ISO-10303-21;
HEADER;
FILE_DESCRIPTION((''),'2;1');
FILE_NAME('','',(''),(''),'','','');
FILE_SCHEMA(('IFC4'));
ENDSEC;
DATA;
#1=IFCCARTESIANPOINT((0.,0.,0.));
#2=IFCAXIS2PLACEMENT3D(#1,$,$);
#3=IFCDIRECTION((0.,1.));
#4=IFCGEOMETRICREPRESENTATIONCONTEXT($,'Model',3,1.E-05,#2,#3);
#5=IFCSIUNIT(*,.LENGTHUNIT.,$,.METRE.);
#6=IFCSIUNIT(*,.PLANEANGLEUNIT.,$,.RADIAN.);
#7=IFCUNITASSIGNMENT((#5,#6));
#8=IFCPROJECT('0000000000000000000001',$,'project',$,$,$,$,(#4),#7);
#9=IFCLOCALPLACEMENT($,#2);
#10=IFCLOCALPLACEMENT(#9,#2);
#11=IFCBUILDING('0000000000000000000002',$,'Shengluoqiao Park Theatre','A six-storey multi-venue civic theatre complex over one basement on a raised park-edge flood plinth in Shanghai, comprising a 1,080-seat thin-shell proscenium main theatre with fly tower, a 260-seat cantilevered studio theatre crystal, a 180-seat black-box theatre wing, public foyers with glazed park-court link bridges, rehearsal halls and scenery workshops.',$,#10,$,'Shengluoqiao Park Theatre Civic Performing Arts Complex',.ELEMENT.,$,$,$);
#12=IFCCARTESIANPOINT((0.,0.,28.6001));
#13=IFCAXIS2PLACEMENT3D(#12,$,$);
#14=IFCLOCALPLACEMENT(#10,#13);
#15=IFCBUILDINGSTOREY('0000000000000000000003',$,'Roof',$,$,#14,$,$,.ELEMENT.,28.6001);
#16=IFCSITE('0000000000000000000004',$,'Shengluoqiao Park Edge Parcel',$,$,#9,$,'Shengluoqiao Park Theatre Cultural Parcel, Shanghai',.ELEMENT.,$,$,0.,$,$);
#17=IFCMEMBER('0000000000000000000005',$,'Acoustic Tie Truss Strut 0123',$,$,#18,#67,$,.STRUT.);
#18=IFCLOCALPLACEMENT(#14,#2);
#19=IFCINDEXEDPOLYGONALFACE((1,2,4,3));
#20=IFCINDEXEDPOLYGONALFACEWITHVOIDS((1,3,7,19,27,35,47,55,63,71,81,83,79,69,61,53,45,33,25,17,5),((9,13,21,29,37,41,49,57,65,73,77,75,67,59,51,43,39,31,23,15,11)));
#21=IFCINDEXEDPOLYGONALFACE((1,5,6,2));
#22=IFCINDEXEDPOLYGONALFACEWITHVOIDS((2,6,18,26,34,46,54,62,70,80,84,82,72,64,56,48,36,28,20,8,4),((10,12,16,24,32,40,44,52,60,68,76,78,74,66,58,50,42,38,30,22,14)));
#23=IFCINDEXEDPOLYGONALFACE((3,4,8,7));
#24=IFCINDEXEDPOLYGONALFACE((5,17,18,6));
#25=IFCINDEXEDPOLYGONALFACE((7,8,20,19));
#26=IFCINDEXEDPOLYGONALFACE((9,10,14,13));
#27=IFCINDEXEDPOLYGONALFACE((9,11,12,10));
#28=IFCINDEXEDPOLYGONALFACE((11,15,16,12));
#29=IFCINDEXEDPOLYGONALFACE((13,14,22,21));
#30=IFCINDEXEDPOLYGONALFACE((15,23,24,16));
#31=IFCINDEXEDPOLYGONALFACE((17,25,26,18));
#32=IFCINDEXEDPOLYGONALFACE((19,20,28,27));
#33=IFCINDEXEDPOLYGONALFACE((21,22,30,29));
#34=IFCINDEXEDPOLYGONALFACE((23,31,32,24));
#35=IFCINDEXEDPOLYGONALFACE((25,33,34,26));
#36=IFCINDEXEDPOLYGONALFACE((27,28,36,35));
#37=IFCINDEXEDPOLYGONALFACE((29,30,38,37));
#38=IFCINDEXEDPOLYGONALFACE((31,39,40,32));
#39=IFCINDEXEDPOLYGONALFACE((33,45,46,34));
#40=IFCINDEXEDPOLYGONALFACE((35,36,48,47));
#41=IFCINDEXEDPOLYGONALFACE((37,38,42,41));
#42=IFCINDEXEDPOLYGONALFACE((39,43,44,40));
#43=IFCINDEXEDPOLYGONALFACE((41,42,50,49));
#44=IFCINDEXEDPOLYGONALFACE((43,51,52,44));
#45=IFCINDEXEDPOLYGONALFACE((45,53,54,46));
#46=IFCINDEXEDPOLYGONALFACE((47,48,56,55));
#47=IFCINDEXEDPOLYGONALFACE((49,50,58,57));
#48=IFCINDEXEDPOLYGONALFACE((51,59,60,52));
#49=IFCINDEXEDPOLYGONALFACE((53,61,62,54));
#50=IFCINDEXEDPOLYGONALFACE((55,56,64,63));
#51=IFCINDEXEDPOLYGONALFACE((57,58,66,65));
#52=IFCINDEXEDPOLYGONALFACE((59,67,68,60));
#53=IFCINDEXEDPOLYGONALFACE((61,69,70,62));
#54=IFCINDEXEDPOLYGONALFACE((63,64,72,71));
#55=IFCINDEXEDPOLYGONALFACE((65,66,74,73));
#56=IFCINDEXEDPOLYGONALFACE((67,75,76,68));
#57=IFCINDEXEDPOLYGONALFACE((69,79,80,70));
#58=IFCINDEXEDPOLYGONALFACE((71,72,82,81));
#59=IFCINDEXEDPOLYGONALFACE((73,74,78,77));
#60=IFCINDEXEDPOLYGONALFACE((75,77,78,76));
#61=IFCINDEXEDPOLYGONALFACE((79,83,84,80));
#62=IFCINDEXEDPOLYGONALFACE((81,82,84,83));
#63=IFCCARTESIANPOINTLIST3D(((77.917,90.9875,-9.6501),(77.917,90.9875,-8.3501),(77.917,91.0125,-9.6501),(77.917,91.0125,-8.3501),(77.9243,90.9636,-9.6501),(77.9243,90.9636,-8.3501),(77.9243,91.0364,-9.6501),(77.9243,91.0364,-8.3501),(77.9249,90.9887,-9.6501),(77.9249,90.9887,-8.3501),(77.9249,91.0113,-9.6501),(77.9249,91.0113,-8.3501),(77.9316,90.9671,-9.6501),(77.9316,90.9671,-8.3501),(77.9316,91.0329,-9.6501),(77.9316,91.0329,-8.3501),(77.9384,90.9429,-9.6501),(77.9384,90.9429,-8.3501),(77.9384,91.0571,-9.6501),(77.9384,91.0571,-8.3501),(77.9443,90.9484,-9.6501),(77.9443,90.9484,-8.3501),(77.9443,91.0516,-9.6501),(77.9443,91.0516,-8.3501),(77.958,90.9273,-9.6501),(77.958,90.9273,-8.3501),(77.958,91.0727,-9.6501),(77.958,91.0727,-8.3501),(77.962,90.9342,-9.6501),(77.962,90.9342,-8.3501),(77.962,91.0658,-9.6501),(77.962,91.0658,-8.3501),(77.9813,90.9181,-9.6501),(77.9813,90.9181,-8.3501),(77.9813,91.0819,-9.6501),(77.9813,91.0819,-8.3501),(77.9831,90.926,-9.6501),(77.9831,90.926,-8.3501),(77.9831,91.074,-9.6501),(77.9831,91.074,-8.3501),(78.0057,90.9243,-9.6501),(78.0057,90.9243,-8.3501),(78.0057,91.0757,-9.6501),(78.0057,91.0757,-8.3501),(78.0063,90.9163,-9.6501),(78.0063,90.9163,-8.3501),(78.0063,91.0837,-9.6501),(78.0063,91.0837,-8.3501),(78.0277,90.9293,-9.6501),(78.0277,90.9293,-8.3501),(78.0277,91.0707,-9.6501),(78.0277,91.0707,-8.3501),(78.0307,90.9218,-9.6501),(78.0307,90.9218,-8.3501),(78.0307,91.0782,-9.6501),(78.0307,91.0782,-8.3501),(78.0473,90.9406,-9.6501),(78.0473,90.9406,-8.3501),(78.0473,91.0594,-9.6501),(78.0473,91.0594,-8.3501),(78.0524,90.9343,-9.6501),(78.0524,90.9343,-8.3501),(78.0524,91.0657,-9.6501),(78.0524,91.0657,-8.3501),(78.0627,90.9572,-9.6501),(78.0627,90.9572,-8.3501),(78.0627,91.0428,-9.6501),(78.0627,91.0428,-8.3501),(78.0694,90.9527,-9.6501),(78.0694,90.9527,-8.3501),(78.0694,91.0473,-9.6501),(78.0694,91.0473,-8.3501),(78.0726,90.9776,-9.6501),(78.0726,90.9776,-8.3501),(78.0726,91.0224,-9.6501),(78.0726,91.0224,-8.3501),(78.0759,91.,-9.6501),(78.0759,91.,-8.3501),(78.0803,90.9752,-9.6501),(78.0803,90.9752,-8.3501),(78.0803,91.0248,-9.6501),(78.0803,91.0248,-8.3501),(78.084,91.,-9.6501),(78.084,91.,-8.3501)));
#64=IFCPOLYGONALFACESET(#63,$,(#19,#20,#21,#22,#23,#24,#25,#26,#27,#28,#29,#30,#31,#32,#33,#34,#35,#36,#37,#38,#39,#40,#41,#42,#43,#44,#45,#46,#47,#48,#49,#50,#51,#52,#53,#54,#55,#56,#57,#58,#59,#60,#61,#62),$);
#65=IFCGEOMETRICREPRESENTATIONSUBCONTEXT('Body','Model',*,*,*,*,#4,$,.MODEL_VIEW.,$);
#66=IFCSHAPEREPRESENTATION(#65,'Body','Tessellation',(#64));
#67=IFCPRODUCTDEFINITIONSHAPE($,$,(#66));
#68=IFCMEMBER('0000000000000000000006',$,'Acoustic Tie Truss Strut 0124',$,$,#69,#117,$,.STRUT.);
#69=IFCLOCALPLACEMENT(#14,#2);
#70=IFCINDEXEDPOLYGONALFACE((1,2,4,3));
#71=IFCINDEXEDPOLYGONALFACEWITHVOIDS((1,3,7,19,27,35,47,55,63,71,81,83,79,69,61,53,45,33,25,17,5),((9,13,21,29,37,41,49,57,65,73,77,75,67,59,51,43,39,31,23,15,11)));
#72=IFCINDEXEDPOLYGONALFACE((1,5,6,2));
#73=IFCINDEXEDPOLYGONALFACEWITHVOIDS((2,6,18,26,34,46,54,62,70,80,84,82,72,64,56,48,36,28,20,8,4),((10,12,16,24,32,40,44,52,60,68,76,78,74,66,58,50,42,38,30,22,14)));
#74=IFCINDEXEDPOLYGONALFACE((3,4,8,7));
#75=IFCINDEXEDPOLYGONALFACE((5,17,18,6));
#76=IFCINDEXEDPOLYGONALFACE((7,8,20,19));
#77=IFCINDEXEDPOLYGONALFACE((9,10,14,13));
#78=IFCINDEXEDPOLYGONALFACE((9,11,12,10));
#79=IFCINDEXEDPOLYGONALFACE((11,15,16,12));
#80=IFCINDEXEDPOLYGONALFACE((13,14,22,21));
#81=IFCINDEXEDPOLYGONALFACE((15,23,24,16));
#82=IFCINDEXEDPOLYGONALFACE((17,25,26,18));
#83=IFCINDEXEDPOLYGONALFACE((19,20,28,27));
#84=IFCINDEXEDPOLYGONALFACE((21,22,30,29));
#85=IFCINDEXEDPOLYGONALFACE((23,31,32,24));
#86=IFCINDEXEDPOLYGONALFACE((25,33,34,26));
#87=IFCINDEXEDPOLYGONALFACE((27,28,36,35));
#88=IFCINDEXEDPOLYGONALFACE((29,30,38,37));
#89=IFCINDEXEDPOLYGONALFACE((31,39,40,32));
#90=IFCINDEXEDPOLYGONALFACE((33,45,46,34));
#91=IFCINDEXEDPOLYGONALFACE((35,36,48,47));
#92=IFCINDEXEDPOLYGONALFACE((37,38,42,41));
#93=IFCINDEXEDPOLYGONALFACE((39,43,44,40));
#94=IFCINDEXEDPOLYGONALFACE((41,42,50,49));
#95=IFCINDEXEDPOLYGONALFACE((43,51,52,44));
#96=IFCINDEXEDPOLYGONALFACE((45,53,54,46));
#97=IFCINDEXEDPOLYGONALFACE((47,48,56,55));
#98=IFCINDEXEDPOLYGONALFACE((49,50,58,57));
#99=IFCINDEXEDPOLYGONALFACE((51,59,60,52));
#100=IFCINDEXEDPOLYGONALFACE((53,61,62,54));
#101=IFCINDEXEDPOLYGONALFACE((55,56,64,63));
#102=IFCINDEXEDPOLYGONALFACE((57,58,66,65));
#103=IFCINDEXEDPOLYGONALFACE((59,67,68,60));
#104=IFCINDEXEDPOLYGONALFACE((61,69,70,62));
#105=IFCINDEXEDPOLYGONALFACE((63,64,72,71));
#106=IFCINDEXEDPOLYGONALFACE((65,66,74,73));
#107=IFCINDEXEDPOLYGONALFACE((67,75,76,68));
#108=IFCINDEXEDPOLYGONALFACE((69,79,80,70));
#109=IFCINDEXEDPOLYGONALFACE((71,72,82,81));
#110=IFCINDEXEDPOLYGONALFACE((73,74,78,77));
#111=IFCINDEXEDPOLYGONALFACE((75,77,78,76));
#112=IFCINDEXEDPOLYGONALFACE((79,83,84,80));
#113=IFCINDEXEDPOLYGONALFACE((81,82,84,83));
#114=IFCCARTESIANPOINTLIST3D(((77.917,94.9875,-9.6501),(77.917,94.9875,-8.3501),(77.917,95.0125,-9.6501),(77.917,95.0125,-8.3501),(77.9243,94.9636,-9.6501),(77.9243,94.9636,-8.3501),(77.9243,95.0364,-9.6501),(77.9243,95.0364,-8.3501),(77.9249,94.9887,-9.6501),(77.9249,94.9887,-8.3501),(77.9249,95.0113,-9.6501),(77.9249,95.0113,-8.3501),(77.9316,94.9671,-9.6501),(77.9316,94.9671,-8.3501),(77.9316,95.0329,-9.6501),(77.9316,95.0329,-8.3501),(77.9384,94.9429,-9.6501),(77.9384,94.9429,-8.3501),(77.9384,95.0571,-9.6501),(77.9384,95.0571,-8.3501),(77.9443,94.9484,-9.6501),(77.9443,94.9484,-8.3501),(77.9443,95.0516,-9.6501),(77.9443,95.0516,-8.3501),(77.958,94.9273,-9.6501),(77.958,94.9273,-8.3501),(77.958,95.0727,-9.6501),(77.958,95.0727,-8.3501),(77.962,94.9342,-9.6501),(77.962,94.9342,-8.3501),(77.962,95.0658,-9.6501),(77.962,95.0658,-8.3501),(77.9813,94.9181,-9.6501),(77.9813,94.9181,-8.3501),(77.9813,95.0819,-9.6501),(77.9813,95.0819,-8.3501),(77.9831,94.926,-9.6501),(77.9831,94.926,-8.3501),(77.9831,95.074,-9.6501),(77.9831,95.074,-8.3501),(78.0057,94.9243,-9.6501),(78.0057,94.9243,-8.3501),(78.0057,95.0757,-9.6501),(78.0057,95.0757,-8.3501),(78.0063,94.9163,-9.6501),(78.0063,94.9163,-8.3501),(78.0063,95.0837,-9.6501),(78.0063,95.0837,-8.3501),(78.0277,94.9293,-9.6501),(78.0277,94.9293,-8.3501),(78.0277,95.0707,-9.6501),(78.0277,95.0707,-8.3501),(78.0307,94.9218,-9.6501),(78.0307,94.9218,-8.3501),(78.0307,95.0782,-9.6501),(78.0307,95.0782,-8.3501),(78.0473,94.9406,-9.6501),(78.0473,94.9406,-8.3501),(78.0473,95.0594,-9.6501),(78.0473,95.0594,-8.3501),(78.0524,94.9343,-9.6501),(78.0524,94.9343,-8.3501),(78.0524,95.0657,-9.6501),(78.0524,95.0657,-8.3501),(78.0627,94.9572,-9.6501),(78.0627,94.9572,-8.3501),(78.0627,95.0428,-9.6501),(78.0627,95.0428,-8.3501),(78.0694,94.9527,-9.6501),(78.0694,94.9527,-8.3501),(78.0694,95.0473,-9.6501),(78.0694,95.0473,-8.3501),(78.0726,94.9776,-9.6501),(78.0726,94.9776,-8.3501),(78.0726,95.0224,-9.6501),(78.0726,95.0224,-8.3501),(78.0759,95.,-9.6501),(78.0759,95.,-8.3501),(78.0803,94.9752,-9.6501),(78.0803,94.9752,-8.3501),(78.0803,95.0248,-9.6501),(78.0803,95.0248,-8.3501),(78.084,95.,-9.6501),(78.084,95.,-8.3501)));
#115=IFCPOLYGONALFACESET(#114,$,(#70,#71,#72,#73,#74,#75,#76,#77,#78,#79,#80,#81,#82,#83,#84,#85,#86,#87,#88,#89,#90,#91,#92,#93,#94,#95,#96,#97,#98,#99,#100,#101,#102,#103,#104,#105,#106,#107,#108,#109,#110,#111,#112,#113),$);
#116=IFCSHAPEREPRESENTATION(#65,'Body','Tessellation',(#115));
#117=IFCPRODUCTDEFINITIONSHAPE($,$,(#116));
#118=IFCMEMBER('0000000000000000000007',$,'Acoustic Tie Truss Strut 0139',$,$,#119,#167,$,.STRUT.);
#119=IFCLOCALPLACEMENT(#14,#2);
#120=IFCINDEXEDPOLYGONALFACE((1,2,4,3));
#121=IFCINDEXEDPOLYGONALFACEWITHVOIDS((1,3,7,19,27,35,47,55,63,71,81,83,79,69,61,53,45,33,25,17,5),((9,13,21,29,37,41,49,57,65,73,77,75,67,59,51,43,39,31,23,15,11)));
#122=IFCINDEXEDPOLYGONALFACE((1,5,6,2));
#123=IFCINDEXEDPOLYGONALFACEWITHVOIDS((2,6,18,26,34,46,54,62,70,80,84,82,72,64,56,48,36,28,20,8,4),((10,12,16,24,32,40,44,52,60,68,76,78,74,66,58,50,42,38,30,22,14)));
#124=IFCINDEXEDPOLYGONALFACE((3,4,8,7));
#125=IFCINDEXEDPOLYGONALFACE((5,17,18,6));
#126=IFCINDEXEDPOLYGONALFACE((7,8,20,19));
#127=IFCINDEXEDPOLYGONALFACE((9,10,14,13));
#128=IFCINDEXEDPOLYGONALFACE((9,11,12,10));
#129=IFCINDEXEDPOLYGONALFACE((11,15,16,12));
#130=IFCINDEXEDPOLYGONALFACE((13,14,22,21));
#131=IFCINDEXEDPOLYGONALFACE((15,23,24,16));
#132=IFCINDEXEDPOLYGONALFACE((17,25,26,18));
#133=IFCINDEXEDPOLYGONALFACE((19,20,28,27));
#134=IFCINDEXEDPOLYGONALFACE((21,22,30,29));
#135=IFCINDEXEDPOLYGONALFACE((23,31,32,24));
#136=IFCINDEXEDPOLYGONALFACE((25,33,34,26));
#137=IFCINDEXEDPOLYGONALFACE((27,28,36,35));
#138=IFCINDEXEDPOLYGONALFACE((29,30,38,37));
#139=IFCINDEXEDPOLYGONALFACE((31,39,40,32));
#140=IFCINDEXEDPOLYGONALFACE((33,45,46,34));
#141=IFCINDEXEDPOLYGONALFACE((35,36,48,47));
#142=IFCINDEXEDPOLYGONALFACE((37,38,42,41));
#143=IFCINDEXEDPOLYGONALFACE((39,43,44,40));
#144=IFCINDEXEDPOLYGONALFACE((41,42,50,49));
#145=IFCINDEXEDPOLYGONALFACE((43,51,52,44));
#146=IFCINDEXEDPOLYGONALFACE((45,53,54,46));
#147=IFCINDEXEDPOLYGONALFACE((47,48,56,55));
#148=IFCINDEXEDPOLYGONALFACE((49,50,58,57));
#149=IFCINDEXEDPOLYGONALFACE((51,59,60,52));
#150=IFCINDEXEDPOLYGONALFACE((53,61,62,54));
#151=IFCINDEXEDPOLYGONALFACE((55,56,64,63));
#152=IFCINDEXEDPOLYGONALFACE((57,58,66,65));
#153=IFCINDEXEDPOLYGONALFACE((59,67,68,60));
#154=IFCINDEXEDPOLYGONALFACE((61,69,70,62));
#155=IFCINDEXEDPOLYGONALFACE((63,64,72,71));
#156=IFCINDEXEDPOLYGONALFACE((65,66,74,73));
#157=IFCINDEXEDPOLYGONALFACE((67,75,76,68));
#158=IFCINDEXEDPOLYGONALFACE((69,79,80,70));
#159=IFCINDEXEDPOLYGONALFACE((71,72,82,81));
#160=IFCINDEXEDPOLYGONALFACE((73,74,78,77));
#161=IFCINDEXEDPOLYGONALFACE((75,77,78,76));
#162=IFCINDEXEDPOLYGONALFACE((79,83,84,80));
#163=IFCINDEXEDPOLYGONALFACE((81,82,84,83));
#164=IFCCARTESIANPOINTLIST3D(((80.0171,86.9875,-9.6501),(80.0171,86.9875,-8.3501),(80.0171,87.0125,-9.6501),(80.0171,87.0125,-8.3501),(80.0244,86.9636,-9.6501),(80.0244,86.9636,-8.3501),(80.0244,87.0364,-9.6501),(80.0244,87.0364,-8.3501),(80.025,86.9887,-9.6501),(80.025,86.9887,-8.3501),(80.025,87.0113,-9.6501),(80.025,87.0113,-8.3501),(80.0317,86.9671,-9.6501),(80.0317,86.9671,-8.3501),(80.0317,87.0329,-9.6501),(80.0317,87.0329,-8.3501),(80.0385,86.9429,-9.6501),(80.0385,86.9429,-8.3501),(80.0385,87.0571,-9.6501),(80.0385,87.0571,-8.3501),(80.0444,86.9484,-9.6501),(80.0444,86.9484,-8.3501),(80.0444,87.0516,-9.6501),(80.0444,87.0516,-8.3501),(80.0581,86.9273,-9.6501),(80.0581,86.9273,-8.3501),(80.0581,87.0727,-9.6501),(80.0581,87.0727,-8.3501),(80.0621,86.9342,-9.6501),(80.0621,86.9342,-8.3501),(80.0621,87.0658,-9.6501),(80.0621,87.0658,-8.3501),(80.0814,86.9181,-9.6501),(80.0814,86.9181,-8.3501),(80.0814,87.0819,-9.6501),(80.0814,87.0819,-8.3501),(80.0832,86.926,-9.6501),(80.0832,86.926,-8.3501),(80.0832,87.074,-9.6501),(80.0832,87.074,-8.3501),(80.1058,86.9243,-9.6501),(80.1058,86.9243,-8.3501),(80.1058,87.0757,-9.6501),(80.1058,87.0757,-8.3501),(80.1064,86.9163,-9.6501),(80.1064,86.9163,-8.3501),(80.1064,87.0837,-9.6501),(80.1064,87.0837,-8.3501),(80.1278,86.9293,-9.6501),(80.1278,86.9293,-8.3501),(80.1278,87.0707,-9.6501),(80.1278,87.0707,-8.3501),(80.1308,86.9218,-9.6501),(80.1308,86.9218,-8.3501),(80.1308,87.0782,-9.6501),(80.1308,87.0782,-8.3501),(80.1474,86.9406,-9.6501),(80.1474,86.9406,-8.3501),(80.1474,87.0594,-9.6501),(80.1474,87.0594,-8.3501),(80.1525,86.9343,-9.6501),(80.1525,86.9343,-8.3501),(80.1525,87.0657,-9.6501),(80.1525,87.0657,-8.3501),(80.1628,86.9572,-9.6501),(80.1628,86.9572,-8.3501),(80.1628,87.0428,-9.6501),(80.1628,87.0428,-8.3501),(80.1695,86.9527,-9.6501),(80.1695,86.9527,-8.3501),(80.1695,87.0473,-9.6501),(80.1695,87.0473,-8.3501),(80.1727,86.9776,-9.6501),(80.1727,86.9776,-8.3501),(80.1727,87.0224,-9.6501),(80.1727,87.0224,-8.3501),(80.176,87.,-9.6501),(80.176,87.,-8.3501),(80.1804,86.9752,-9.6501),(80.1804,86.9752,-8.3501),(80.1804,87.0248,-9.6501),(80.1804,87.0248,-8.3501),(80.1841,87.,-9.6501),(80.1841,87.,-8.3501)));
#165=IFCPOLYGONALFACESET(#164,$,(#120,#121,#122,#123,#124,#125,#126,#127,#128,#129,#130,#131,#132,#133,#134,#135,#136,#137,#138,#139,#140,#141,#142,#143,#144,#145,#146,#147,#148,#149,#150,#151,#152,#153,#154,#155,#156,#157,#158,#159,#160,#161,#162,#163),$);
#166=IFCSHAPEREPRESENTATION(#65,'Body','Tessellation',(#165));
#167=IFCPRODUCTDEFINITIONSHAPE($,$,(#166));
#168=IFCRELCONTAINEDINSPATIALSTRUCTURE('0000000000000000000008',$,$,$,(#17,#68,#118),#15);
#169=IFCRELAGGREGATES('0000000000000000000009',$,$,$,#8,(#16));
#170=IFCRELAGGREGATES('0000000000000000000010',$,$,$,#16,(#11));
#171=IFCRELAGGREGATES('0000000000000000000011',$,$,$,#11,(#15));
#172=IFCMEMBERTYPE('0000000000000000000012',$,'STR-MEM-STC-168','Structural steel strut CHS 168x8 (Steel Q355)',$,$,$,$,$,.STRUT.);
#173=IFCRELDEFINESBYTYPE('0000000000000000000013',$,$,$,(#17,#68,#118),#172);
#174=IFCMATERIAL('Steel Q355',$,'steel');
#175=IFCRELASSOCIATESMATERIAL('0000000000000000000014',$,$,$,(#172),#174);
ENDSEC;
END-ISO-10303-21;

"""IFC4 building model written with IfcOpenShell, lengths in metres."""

from ifc_helpers import new_model, si_unit, direction, frame, origin, origin_2d, place, context, subcontext, project, spatial, hollow_circle, extrude, material, material_profile, profile_set, type_object, element, save


model = new_model("IFC4")

# Units and contexts
model_context = context("Model", 3, precision=1e-05, world=origin(), true_north=direction((0.0, 1.0)))
body_context = subcontext(model_context, "Body", "Model", "MODEL_VIEW")
ifc_project = project(units=[si_unit("LENGTHUNIT", "METRE"), si_unit("PLANEANGLEUNIT", "RADIAN")], contexts=[model_context])

# Site, building, storey
site_placement = place(None, origin())
site = spatial("IfcSite", under=ifc_project, at=site_placement, Name="Shengluoqiao Park Edge Parcel", LongName="Shengluoqiao Park Theatre Cultural Parcel, Shanghai", CompositionType="ELEMENT", RefElevation=0.0)
building_placement = place(site_placement, origin())
building = spatial("IfcBuilding", under=site, at=building_placement, Name="Shengluoqiao Park Theatre", Description="A six-storey multi-venue civic theatre complex over one basement on a raised park-edge flood plinth in Shanghai, comprising a 1,080-seat thin-shell proscenium main theatre with fly tower, a 260-seat cantilevered studio theatre crystal, a 180-seat black-box theatre wing, public foyers with glazed park-court link bridges, rehearsal halls and scenery workshops.", LongName="Shengluoqiao Park Theatre Civic Performing Arts Complex", CompositionType="ELEMENT")
storey_placement = place(building_placement, frame((0.0, 0.0, 28.6001)))
storey = spatial("IfcBuildingStorey", under=building, at=storey_placement, Name="Roof", CompositionType="ELEMENT", Elevation=28.6001)

# Shared definitions
ifc_material = material(Name="Steel Q355", Category="steel")

# Members
ifc_material_profile_1 = material_profile(ifc_material, hollow_circle(Radius=0.084, WallThickness=0.0081, at=origin_2d()), Name="CHS 168x8")
ifc_profile_set_1 = profile_set([ifc_material_profile_1], Name="Steel Q355")
member_type_1 = type_object("IfcMemberType", Name="STR-MEM-STC-168", Description="Structural steel strut CHS 168x8 (Steel Q355)", PredefinedType="STRUT", material=ifc_profile_set_1)
for number, where, z_axis, x_axis, name in (
    (1, (78.0, 91.0, -9.6501), (0.0, 0.0, 1.0), (1.0, 0.0, 0.0), "Acoustic Tie Truss Strut 0123"),
    (2, (78.0, 95.0, -9.6501), (0.0, 0.0, 1.0), (1.0, 0.0, 0.0), "Acoustic Tie Truss Strut 0124"),
    (3, (80.1001, 87.0, -9.6501), (0.0, 0.0, 1.0), (1.0, 0.0, 0.0), "Acoustic Tie Truss Strut 0139"),
):
    element("IfcMember", number, at=place(storey_placement, frame(where, z_axis=z_axis, x_axis=x_axis)), inside=storey, type_object=member_type_1, Name=name, PredefinedType="STRUT", context=body_context, shape_type="SweptSolid", body=[
        extrude(hollow_circle(Radius=0.084, WallThickness=0.0081, at=origin_2d()), origin(), (0.0, 0.0, 1.0), 1.3),
    ])

save(model, "model.ifc")
